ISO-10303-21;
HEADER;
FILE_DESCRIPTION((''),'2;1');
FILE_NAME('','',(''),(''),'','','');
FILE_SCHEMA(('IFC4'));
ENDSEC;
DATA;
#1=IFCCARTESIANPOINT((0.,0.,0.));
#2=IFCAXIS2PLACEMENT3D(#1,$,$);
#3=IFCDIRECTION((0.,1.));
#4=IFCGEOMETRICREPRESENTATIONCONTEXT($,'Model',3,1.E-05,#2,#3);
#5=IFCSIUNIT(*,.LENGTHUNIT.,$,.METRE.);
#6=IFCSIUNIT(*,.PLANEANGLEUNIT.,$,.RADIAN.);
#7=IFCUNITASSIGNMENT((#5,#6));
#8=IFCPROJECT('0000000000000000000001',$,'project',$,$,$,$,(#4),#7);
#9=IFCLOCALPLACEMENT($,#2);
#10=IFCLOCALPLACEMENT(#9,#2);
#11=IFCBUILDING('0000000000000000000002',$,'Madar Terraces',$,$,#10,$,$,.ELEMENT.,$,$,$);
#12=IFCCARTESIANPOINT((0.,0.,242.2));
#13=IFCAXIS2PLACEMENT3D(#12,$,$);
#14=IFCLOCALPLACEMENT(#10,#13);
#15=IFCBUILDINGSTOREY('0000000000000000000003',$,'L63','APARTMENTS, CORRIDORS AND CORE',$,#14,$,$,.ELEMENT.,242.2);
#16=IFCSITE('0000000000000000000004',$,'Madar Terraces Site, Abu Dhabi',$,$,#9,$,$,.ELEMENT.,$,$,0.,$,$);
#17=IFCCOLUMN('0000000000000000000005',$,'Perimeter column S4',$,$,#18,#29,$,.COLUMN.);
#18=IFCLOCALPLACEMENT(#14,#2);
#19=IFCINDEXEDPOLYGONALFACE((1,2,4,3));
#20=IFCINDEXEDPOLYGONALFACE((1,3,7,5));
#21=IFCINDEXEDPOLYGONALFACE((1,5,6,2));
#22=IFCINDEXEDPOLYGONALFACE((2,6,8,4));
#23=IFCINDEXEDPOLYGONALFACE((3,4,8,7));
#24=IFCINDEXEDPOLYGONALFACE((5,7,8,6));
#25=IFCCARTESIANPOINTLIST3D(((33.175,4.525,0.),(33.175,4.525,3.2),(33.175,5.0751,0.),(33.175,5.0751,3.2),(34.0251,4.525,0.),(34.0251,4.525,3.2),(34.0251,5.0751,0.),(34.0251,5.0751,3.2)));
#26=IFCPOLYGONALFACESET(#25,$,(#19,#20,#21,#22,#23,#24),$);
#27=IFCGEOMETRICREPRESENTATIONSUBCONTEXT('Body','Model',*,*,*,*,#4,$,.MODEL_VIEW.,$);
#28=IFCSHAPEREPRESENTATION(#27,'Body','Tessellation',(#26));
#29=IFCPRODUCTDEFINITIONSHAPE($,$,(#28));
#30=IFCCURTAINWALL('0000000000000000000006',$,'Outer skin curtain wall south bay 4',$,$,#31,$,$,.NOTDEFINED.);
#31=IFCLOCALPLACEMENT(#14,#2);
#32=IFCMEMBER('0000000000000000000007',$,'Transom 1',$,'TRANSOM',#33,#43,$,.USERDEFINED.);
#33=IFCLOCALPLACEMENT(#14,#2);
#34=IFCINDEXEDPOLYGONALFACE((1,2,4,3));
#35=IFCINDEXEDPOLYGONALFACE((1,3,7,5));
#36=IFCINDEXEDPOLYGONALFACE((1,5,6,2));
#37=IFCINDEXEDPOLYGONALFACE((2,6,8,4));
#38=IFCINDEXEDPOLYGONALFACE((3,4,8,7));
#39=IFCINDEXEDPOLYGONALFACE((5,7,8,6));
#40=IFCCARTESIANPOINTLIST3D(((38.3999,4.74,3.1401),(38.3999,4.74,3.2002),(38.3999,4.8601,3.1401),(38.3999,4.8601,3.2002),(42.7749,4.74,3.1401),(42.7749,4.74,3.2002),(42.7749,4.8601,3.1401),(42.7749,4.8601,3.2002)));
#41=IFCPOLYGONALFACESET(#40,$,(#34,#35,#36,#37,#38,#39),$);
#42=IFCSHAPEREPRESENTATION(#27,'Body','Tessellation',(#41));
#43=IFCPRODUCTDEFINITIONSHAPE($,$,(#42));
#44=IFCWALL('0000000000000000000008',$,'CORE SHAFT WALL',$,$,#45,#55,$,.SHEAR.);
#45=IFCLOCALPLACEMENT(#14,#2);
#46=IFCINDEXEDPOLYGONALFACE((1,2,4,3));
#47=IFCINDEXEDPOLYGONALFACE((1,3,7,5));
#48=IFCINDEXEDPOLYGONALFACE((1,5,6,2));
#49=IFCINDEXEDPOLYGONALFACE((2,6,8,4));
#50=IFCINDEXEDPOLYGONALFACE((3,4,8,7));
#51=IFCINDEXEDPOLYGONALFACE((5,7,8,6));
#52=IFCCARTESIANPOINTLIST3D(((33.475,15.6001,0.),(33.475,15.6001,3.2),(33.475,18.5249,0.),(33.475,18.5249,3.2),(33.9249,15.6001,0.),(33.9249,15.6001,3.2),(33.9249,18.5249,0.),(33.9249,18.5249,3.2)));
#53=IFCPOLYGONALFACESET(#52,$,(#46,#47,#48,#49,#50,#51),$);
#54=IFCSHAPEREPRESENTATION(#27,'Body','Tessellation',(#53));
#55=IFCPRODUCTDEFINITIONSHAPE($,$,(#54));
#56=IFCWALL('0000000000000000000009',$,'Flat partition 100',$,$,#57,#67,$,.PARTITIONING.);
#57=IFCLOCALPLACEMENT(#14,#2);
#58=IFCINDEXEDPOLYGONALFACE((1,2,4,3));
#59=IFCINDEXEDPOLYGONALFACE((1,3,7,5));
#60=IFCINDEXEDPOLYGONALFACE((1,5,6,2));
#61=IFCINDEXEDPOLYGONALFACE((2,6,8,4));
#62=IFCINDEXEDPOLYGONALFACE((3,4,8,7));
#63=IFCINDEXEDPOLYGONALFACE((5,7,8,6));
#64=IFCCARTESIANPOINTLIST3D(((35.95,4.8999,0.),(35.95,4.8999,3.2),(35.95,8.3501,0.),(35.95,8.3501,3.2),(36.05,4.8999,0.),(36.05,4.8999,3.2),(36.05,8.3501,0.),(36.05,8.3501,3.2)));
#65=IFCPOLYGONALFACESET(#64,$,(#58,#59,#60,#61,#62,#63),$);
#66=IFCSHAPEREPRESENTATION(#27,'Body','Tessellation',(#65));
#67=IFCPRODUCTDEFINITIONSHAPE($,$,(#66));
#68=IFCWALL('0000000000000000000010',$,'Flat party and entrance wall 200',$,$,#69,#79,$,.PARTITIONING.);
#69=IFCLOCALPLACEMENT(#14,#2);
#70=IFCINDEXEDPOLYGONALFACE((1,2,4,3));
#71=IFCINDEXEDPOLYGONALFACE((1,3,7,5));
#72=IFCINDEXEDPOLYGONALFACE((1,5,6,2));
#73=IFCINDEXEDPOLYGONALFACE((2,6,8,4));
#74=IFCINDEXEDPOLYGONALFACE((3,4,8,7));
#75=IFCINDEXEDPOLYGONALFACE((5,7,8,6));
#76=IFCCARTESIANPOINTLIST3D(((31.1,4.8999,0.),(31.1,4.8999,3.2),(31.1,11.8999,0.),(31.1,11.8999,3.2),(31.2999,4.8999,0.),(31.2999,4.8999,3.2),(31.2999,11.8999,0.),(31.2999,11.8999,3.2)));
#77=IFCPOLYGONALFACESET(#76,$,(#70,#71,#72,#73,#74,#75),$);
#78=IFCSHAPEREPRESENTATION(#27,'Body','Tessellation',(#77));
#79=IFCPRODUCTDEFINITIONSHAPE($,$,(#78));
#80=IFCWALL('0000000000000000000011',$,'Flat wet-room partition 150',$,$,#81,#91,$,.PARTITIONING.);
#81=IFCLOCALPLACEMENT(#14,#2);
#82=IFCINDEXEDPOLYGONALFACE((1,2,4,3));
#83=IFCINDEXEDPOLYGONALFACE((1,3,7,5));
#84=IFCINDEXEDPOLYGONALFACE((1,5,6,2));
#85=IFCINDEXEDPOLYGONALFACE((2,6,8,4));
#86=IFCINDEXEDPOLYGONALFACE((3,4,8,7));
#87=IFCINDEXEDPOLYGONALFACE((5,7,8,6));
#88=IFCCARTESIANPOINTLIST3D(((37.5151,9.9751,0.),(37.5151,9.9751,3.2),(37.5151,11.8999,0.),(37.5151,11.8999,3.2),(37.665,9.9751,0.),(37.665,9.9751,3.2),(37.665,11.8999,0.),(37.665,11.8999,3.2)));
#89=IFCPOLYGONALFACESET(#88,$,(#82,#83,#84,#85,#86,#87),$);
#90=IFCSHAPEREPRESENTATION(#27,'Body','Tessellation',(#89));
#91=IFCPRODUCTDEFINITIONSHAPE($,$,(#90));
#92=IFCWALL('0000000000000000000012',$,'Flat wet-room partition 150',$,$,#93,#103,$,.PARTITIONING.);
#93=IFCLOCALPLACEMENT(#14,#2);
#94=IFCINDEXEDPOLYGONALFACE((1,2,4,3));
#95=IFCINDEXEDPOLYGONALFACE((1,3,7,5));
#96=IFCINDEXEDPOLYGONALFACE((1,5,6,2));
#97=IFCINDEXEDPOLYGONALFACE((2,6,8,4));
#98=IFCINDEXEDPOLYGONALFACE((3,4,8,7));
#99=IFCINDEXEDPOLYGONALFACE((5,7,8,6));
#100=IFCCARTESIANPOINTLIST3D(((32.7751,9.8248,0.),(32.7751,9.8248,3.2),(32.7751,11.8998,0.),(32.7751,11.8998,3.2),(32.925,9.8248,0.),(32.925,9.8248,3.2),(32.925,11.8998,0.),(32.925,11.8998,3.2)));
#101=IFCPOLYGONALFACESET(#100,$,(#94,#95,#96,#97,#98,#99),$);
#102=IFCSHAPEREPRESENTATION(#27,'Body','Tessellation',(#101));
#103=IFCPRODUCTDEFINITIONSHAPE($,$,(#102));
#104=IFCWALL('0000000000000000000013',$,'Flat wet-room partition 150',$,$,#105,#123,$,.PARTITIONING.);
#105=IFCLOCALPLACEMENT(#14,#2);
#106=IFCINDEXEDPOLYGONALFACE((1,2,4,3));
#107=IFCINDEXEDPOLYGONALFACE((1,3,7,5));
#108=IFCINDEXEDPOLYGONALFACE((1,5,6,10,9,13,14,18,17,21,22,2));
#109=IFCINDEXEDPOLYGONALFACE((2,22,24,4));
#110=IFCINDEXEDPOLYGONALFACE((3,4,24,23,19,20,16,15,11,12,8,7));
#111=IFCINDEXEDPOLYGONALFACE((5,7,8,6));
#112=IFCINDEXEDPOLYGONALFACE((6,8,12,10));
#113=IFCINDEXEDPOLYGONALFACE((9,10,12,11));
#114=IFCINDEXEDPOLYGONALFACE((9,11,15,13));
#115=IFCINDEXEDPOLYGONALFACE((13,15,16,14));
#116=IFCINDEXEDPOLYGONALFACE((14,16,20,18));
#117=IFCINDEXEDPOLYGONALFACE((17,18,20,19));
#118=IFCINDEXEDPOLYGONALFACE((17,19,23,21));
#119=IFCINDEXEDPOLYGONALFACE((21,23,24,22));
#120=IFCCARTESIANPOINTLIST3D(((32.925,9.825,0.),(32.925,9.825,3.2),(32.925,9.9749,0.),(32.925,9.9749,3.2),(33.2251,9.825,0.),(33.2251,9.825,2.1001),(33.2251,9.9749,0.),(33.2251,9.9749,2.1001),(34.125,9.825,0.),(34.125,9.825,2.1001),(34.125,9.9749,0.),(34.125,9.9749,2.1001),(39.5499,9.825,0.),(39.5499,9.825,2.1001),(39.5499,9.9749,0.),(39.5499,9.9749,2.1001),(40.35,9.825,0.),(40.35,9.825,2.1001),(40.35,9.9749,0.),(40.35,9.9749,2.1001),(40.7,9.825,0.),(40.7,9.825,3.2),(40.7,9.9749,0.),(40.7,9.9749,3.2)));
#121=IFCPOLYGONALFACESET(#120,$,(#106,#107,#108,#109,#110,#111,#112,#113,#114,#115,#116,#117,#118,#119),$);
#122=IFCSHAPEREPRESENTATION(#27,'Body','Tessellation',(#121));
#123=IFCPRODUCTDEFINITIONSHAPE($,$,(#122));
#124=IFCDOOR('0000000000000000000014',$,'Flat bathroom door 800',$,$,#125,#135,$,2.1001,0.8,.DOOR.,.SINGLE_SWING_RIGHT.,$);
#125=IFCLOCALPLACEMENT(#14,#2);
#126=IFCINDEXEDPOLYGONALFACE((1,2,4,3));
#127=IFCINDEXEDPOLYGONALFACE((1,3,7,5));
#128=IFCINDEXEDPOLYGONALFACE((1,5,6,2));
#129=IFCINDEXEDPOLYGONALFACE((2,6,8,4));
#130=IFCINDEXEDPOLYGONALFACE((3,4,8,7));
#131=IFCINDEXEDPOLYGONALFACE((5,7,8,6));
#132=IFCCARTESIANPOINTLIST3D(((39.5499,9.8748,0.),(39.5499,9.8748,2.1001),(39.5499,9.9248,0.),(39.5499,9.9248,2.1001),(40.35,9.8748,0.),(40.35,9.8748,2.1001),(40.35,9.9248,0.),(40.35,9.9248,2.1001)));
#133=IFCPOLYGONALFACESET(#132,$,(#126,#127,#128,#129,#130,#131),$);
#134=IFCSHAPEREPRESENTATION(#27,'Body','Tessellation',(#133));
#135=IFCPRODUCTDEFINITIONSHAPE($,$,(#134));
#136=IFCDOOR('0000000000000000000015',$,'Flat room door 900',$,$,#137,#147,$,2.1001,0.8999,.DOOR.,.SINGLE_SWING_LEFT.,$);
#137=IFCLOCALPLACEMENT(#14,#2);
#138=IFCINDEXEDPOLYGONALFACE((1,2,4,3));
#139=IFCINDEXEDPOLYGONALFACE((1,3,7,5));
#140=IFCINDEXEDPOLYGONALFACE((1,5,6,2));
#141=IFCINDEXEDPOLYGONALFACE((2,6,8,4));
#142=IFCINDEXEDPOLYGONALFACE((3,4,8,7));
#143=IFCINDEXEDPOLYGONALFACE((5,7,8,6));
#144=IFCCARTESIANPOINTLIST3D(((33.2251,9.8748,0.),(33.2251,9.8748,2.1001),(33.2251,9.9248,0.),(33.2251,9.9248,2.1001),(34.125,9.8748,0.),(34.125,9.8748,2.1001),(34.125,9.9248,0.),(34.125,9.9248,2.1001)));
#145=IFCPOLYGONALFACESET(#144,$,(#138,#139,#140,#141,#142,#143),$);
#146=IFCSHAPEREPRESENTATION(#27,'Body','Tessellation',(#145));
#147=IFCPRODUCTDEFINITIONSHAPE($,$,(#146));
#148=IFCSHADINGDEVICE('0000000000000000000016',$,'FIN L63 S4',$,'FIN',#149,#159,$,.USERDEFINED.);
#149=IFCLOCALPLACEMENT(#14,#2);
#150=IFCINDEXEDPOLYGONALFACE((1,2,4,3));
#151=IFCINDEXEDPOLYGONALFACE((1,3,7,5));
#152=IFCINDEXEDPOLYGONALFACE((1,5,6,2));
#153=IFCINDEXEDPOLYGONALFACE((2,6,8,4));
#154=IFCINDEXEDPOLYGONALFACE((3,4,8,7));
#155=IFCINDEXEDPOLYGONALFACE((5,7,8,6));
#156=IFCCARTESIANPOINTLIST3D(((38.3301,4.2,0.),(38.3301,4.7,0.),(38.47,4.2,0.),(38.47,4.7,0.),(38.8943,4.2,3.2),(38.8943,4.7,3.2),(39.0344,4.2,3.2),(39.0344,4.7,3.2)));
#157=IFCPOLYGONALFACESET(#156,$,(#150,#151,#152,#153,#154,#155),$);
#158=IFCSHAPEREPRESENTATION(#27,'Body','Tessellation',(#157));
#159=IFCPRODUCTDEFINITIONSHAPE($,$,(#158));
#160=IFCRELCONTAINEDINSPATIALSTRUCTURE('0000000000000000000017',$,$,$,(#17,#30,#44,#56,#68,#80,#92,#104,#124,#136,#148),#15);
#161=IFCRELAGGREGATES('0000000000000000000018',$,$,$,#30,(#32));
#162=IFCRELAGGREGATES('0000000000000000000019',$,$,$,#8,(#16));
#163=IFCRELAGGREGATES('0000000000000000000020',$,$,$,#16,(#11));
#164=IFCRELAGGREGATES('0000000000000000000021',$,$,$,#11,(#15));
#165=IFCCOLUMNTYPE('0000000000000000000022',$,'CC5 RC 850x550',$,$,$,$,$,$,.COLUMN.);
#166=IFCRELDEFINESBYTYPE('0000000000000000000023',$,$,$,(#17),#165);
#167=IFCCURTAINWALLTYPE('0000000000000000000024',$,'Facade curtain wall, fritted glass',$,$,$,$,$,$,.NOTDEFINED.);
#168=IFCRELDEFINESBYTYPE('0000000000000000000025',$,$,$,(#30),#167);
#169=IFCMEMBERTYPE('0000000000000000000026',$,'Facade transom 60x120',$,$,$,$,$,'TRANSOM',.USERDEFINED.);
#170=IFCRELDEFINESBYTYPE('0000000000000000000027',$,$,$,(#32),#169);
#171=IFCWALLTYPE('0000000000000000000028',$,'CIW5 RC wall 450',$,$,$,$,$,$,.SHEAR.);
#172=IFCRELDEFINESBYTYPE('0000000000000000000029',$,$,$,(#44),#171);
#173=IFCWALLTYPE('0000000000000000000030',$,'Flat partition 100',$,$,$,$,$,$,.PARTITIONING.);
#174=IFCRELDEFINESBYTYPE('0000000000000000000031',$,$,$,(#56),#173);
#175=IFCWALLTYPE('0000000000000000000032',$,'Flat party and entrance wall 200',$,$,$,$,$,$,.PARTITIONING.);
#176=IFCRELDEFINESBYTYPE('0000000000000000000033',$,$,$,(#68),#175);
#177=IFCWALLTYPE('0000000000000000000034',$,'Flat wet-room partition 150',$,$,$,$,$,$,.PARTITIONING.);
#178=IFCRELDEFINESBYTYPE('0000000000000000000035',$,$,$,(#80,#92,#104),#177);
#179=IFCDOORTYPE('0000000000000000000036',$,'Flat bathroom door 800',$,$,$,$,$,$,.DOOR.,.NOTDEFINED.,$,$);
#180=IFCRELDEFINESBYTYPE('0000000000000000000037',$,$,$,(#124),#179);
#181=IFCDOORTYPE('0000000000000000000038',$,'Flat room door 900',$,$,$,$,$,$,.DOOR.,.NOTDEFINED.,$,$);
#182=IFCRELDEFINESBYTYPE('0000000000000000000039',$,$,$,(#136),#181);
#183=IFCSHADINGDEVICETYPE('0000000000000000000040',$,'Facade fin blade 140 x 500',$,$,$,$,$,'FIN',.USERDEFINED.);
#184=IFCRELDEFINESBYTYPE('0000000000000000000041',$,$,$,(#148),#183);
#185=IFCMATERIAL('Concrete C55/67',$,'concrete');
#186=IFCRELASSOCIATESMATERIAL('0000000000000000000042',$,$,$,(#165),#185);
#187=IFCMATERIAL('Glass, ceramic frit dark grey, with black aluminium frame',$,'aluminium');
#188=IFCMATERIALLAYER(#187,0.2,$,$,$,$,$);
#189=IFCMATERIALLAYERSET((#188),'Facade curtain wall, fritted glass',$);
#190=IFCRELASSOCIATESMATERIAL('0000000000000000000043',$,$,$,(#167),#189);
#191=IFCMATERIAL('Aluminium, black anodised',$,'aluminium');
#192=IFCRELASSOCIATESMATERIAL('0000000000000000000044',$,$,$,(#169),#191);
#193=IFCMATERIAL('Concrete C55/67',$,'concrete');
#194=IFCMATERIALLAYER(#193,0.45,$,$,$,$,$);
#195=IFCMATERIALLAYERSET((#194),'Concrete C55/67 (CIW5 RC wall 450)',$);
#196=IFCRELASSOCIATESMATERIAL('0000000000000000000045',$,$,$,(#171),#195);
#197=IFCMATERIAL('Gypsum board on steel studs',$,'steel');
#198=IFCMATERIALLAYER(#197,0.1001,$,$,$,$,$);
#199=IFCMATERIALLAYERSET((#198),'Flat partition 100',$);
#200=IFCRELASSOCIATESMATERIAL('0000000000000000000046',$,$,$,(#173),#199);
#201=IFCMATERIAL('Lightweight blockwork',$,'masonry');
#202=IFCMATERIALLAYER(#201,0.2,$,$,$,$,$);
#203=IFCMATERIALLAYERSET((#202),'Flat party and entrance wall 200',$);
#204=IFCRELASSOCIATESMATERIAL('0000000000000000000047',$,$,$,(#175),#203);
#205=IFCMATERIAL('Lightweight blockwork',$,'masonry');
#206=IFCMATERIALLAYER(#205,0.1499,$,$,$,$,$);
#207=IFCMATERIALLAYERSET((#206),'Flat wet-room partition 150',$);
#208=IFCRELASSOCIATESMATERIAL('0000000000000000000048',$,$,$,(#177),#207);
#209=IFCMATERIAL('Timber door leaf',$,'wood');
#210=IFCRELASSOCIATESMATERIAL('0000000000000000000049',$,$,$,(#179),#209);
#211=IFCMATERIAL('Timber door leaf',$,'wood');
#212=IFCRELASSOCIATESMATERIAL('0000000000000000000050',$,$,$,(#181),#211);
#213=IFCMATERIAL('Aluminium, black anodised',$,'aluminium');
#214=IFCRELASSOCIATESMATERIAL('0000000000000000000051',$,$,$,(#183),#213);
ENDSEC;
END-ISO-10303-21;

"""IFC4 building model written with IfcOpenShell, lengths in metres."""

from ifc_helpers import new_model, si_unit, direction, frame, frame_2d, origin, origin_2d, place, context, subcontext, project, spatial, polyline, rectangle, outline, extrude, material, layer, layer_set, material_profile, profile_set, type_object, element, fill, aggregate, save


model = new_model("IFC4")

# Units and contexts
model_context = context("Model", 3, precision=1e-05, world=origin(), true_north=direction((0.0, 1.0)))
body_context = subcontext(model_context, "Body", "Model", "MODEL_VIEW")
ifc_project = project(units=[si_unit("LENGTHUNIT", "METRE"), si_unit("PLANEANGLEUNIT", "RADIAN")], contexts=[model_context])

# Site, building, storey
site_placement = place(None, origin())
site = spatial("IfcSite", under=ifc_project, at=site_placement, Name="Madar Terraces Site, Abu Dhabi", CompositionType="ELEMENT", RefElevation=0.0)
building_placement = place(site_placement, origin())
building = spatial("IfcBuilding", under=site, at=building_placement, Name="Madar Terraces", CompositionType="ELEMENT")
storey_placement = place(building_placement, frame((0.0, 0.0, 242.2)))
storey = spatial("IfcBuildingStorey", under=building, at=storey_placement, Name="L63", Description="APARTMENTS, CORRIDORS AND CORE", CompositionType="ELEMENT", Elevation=242.2)

# Column
ifc_material_1 = material(Name="Concrete C55/67", Category="concrete")
ifc_material_profile_1 = material_profile(ifc_material_1, rectangle(XDim=0.8501, YDim=0.55, at=origin_2d()), Name="CC5 RC 850x550")
ifc_profile_set_1 = profile_set([ifc_material_profile_1], Name="Concrete C55/67")
column_type = type_object("IfcColumnType", Name="CC5 RC 850x550", PredefinedType="COLUMN", material=ifc_profile_set_1)
column_placement = place(storey_placement, frame((33.6001, 4.8, 0.0), z_axis=(0.0, 0.0, 1.0), x_axis=(1.0, 0.0, 0.0)))
element("IfcColumn", 1, at=column_placement, inside=storey, type_object=column_type, Name="Perimeter column S4", PredefinedType="COLUMN", context=body_context, shape_type="SweptSolid", body=[
    extrude(rectangle(XDim=0.8501, YDim=0.55, at=origin_2d()), origin(), (0.0, 0.0, 1.0), 3.2),
])

# Curtain wall, member
ifc_material_2 = material(Name="Glass, ceramic frit dark grey, with black aluminium frame", Category="aluminium")
ifc_layer_1 = layer(ifc_material_2, 0.2)
ifc_layer_set_1 = layer_set([ifc_layer_1], Name="Facade curtain wall, fritted glass")
curtain_wall_type = type_object("IfcCurtainWallType", Name="Facade curtain wall, fritted glass", PredefinedType="NOTDEFINED", material=ifc_layer_set_1)
curtain_wall_placement = place(storey_placement, origin())
curtain_wall = element("IfcCurtainWall", 2, at=curtain_wall_placement, inside=storey, type_object=curtain_wall_type, Name="Outer skin curtain wall south bay 4", PredefinedType="NOTDEFINED")
ifc_material_3 = material(Name="Aluminium, black anodised", Category="aluminium")
ifc_material_profile_2 = material_profile(ifc_material_3, rectangle(XDim=0.1201, YDim=0.0601, at=origin_2d()), Name="Facade transom 60x120")
ifc_profile_set_2 = profile_set([ifc_material_profile_2], Name="Aluminium, black anodised")
member_type = type_object("IfcMemberType", Name="Facade transom 60x120", ElementType="TRANSOM", PredefinedType="USERDEFINED", material=ifc_profile_set_2)
member_placement = place(storey_placement, frame((38.3999, 4.8, 3.1702), z_axis=(1.0, 0.0, 0.0), x_axis=(0.0, 1.0, 0.0)))
member = element("IfcMember", 3, at=member_placement, type_object=member_type, Name="Transom 1", ObjectType="TRANSOM", PredefinedType="USERDEFINED", context=body_context, shape_type="SweptSolid", body=[
    extrude(rectangle(XDim=0.1201, YDim=0.0601, at=origin_2d()), origin(), (0.0, 0.0, 1.0), 4.375),
])
aggregate(curtain_wall, [member])

# Wall
ifc_material_4 = material(Name="Concrete C55/67", Category="concrete")
ifc_layer_2 = layer(ifc_material_4, 0.45)
ifc_layer_set_2 = layer_set([ifc_layer_2], Name="Concrete C55/67 (CIW5 RC wall 450)")
wall_type_1 = type_object("IfcWallType", Name="CIW5 RC wall 450", PredefinedType="SHEAR", material=ifc_layer_set_2)
wall_1_placement = place(storey_placement, frame((33.7, 15.6001, 0.0), z_axis=(0.0, 0.0, 1.0), x_axis=(0.0, 1.0, 0.0)))
element("IfcWall", 4, at=wall_1_placement, inside=storey, type_object=wall_type_1, Name="CORE SHAFT WALL", PredefinedType="SHEAR", context=body_context, shape_type="SweptSolid", body=[
    extrude(rectangle(XDim=2.9248, YDim=0.45, at=frame_2d((1.4624, 0.0))), origin(), (0.0, 0.0, 1.0), 3.2),
])

# Walls
ifc_material_5 = material(Name="Gypsum board on steel studs", Category="steel")
ifc_layer_3 = layer(ifc_material_5, 0.1001)
ifc_layer_set_3 = layer_set([ifc_layer_3], Name="Flat partition 100")
wall_type_2 = type_object("IfcWallType", Name="Flat partition 100", PredefinedType="PARTITIONING", material=ifc_layer_set_3)
wall_2_placement = place(storey_placement, frame((36.0, 8.3501, 0.0), z_axis=(0.0, 0.0, 1.0), x_axis=(0.0, -1.0, 0.0)))
element("IfcWall", 5, at=wall_2_placement, inside=storey, type_object=wall_type_2, Name="Flat partition 100", PredefinedType="PARTITIONING", context=body_context, shape_type="SweptSolid", body=[
    extrude(rectangle(XDim=3.4502, YDim=0.1001, at=frame_2d((1.7251, 0.0))), origin(), (0.0, 0.0, 1.0), 3.2),
])
ifc_material_6 = material(Name="Lightweight blockwork", Category="masonry")
ifc_layer_4 = layer(ifc_material_6, 0.2)
ifc_layer_set_4 = layer_set([ifc_layer_4], Name="Flat party and entrance wall 200")
wall_type_3 = type_object("IfcWallType", Name="Flat party and entrance wall 200", PredefinedType="PARTITIONING", material=ifc_layer_set_4)
wall_3_placement = place(storey_placement, frame((31.2, 11.8999, 0.0), z_axis=(0.0, 0.0, 1.0), x_axis=(0.0, -1.0, 0.0)))
element("IfcWall", 6, at=wall_3_placement, inside=storey, type_object=wall_type_3, Name="Flat party and entrance wall 200", PredefinedType="PARTITIONING", context=body_context, shape_type="SweptSolid", body=[
    extrude(rectangle(XDim=7.0, YDim=0.2, at=frame_2d((3.5, 0.0))), origin(), (0.0, 0.0, 1.0), 3.2),
])
ifc_material_7 = material(Name="Lightweight blockwork", Category="masonry")
ifc_layer_5 = layer(ifc_material_7, 0.1499)
ifc_layer_set_5 = layer_set([ifc_layer_5], Name="Flat wet-room partition 150")
wall_type_4 = type_object("IfcWallType", Name="Flat wet-room partition 150", PredefinedType="PARTITIONING", material=ifc_layer_set_5)
wall_4_placement = place(storey_placement, frame((37.5901, 11.8999, 0.0), z_axis=(0.0, 0.0, 1.0), x_axis=(0.0, -1.0, 0.0)))
element("IfcWall", 7, at=wall_4_placement, inside=storey, type_object=wall_type_4, Name="Flat wet-room partition 150", PredefinedType="PARTITIONING", context=body_context, shape_type="SweptSolid", body=[
    extrude(rectangle(XDim=1.9248, YDim=0.1499, at=frame_2d((0.9624, 0.0))), origin(), (0.0, 0.0, 1.0), 3.2),
])
wall_5_placement = place(storey_placement, frame((32.8501, 11.8999, 0.0), z_axis=(0.0, 0.0, 1.0), x_axis=(0.0, -1.0, 0.0)))
element("IfcWall", 8, at=wall_5_placement, inside=storey, type_object=wall_type_4, Name="Flat wet-room partition 150", PredefinedType="PARTITIONING", context=body_context, shape_type="SweptSolid", body=[
    extrude(rectangle(XDim=2.075, YDim=0.1499, at=frame_2d((1.0376, 0.0))), origin(), (0.0, 0.0, 1.0), 3.2),
])

# Wall, openings, doors
wall_6_placement = place(storey_placement, frame((32.925, 9.8999, 0.0), z_axis=(0.0, 0.0, 1.0), x_axis=(1.0, 0.0, 0.0)))
wall_6 = element("IfcWall", 9, at=wall_6_placement, inside=storey, type_object=wall_type_4, Name="Flat wet-room partition 150", PredefinedType="PARTITIONING", context=body_context, shape_type="SweptSolid", body=[
    extrude(rectangle(XDim=7.7749, YDim=0.1499, at=frame_2d((3.8875, 0.0))), origin(), (0.0, 0.0, 1.0), 3.2),
])
opening_1_placement = place(wall_6_placement, frame((0.3, 0.0, 0.0)))
opening_1 = element("IfcOpeningElement", 10, at=opening_1_placement, cuts=wall_6, PredefinedType="OPENING", context=body_context, shape_type="SweptSolid", body=[
    extrude(rectangle(XDim=0.8999, YDim=2.1001, at=frame_2d((0.45, 1.05))), frame((0.0, 0.085, 0.0), z_axis=(0.0, -1.0, 0.0), x_axis=(1.0, 0.0, 0.0)), (0.0, 0.0, 1.0), 0.1699),
])
opening_2_placement = place(wall_6_placement, frame((6.625, 0.0, 0.0)))
opening_2 = element("IfcOpeningElement", 11, at=opening_2_placement, cuts=wall_6, PredefinedType="OPENING", context=body_context, shape_type="SweptSolid", body=[
    extrude(rectangle(XDim=0.8, YDim=2.1001, at=frame_2d((0.3999, 1.05))), frame((0.0, 0.085, 0.0), z_axis=(0.0, -1.0, 0.0), x_axis=(1.0, 0.0, 0.0)), (0.0, 0.0, 1.0), 0.1699),
])
ifc_material_8 = material(Name="Timber door leaf", Category="wood")
door_type_1 = type_object("IfcDoorType", Name="Flat bathroom door 800", OperationType="NOTDEFINED", PredefinedType="DOOR", material=ifc_material_8)
door_1_placement = place(opening_2_placement, origin())
door_1 = element("IfcDoor", 12, at=door_1_placement, inside=storey, type_object=door_type_1, Name="Flat bathroom door 800", OperationType="SINGLE_SWING_RIGHT", OverallHeight=2.1001, OverallWidth=0.8, PredefinedType="DOOR", context=body_context, shape_type="SweptSolid", body=[
    extrude(rectangle(XDim=0.8, YDim=2.1001, at=frame_2d((0.3999, 1.05))), frame((0.0, 0.0249, 0.0), z_axis=(0.0, -1.0, 0.0), x_axis=(1.0, 0.0, 0.0)), (0.0, 0.0, 1.0), 0.05),
])
fill(opening_2, door_1)
ifc_material_9 = material(Name="Timber door leaf", Category="wood")
door_type_2 = type_object("IfcDoorType", Name="Flat room door 900", OperationType="NOTDEFINED", PredefinedType="DOOR", material=ifc_material_9)
door_2_placement = place(opening_1_placement, origin())
door_2 = element("IfcDoor", 13, at=door_2_placement, inside=storey, type_object=door_type_2, Name="Flat room door 900", OperationType="SINGLE_SWING_LEFT", OverallHeight=2.1001, OverallWidth=0.8999, PredefinedType="DOOR", context=body_context, shape_type="SweptSolid", body=[
    extrude(rectangle(XDim=0.8999, YDim=2.1001, at=frame_2d((0.45, 1.05))), frame((0.0, 0.0249, 0.0), z_axis=(0.0, -1.0, 0.0), x_axis=(1.0, 0.0, 0.0)), (0.0, 0.0, 1.0), 0.05),
])
fill(opening_1, door_2)

# Shading device
ifc_material_10 = material(Name="Aluminium, black anodised", Category="aluminium")
shading_device_type = type_object("IfcShadingDeviceType", Name="Facade fin blade 140 x 500", ElementType="FIN", PredefinedType="USERDEFINED", material=ifc_material_10)
shading_device_placement = place(storey_placement, frame((38.3301, 4.45, 0.0), z_axis=(0.0, 0.0, 1.0), x_axis=(1.0, 0.0, 0.0)))
element("IfcShadingDevice", 14, at=shading_device_placement, inside=storey, type_object=shading_device_type, Name="FIN L63 S4", ObjectType="FIN", PredefinedType="USERDEFINED", context=body_context, shape_type="SweptSolid", body=[
    extrude(outline(polyline([(0.0, 0.0), (0.1399, 0.0), (0.7043, 3.2), (0.5642, 3.2), (0.0, 0.0)])), frame((0.0, 0.25, 0.0), z_axis=(0.0, -1.0, 0.0), x_axis=(1.0, 0.0, 0.0)), (0.0, 0.0, 1.0), 0.5),
])

save(model, "model.ifc")
